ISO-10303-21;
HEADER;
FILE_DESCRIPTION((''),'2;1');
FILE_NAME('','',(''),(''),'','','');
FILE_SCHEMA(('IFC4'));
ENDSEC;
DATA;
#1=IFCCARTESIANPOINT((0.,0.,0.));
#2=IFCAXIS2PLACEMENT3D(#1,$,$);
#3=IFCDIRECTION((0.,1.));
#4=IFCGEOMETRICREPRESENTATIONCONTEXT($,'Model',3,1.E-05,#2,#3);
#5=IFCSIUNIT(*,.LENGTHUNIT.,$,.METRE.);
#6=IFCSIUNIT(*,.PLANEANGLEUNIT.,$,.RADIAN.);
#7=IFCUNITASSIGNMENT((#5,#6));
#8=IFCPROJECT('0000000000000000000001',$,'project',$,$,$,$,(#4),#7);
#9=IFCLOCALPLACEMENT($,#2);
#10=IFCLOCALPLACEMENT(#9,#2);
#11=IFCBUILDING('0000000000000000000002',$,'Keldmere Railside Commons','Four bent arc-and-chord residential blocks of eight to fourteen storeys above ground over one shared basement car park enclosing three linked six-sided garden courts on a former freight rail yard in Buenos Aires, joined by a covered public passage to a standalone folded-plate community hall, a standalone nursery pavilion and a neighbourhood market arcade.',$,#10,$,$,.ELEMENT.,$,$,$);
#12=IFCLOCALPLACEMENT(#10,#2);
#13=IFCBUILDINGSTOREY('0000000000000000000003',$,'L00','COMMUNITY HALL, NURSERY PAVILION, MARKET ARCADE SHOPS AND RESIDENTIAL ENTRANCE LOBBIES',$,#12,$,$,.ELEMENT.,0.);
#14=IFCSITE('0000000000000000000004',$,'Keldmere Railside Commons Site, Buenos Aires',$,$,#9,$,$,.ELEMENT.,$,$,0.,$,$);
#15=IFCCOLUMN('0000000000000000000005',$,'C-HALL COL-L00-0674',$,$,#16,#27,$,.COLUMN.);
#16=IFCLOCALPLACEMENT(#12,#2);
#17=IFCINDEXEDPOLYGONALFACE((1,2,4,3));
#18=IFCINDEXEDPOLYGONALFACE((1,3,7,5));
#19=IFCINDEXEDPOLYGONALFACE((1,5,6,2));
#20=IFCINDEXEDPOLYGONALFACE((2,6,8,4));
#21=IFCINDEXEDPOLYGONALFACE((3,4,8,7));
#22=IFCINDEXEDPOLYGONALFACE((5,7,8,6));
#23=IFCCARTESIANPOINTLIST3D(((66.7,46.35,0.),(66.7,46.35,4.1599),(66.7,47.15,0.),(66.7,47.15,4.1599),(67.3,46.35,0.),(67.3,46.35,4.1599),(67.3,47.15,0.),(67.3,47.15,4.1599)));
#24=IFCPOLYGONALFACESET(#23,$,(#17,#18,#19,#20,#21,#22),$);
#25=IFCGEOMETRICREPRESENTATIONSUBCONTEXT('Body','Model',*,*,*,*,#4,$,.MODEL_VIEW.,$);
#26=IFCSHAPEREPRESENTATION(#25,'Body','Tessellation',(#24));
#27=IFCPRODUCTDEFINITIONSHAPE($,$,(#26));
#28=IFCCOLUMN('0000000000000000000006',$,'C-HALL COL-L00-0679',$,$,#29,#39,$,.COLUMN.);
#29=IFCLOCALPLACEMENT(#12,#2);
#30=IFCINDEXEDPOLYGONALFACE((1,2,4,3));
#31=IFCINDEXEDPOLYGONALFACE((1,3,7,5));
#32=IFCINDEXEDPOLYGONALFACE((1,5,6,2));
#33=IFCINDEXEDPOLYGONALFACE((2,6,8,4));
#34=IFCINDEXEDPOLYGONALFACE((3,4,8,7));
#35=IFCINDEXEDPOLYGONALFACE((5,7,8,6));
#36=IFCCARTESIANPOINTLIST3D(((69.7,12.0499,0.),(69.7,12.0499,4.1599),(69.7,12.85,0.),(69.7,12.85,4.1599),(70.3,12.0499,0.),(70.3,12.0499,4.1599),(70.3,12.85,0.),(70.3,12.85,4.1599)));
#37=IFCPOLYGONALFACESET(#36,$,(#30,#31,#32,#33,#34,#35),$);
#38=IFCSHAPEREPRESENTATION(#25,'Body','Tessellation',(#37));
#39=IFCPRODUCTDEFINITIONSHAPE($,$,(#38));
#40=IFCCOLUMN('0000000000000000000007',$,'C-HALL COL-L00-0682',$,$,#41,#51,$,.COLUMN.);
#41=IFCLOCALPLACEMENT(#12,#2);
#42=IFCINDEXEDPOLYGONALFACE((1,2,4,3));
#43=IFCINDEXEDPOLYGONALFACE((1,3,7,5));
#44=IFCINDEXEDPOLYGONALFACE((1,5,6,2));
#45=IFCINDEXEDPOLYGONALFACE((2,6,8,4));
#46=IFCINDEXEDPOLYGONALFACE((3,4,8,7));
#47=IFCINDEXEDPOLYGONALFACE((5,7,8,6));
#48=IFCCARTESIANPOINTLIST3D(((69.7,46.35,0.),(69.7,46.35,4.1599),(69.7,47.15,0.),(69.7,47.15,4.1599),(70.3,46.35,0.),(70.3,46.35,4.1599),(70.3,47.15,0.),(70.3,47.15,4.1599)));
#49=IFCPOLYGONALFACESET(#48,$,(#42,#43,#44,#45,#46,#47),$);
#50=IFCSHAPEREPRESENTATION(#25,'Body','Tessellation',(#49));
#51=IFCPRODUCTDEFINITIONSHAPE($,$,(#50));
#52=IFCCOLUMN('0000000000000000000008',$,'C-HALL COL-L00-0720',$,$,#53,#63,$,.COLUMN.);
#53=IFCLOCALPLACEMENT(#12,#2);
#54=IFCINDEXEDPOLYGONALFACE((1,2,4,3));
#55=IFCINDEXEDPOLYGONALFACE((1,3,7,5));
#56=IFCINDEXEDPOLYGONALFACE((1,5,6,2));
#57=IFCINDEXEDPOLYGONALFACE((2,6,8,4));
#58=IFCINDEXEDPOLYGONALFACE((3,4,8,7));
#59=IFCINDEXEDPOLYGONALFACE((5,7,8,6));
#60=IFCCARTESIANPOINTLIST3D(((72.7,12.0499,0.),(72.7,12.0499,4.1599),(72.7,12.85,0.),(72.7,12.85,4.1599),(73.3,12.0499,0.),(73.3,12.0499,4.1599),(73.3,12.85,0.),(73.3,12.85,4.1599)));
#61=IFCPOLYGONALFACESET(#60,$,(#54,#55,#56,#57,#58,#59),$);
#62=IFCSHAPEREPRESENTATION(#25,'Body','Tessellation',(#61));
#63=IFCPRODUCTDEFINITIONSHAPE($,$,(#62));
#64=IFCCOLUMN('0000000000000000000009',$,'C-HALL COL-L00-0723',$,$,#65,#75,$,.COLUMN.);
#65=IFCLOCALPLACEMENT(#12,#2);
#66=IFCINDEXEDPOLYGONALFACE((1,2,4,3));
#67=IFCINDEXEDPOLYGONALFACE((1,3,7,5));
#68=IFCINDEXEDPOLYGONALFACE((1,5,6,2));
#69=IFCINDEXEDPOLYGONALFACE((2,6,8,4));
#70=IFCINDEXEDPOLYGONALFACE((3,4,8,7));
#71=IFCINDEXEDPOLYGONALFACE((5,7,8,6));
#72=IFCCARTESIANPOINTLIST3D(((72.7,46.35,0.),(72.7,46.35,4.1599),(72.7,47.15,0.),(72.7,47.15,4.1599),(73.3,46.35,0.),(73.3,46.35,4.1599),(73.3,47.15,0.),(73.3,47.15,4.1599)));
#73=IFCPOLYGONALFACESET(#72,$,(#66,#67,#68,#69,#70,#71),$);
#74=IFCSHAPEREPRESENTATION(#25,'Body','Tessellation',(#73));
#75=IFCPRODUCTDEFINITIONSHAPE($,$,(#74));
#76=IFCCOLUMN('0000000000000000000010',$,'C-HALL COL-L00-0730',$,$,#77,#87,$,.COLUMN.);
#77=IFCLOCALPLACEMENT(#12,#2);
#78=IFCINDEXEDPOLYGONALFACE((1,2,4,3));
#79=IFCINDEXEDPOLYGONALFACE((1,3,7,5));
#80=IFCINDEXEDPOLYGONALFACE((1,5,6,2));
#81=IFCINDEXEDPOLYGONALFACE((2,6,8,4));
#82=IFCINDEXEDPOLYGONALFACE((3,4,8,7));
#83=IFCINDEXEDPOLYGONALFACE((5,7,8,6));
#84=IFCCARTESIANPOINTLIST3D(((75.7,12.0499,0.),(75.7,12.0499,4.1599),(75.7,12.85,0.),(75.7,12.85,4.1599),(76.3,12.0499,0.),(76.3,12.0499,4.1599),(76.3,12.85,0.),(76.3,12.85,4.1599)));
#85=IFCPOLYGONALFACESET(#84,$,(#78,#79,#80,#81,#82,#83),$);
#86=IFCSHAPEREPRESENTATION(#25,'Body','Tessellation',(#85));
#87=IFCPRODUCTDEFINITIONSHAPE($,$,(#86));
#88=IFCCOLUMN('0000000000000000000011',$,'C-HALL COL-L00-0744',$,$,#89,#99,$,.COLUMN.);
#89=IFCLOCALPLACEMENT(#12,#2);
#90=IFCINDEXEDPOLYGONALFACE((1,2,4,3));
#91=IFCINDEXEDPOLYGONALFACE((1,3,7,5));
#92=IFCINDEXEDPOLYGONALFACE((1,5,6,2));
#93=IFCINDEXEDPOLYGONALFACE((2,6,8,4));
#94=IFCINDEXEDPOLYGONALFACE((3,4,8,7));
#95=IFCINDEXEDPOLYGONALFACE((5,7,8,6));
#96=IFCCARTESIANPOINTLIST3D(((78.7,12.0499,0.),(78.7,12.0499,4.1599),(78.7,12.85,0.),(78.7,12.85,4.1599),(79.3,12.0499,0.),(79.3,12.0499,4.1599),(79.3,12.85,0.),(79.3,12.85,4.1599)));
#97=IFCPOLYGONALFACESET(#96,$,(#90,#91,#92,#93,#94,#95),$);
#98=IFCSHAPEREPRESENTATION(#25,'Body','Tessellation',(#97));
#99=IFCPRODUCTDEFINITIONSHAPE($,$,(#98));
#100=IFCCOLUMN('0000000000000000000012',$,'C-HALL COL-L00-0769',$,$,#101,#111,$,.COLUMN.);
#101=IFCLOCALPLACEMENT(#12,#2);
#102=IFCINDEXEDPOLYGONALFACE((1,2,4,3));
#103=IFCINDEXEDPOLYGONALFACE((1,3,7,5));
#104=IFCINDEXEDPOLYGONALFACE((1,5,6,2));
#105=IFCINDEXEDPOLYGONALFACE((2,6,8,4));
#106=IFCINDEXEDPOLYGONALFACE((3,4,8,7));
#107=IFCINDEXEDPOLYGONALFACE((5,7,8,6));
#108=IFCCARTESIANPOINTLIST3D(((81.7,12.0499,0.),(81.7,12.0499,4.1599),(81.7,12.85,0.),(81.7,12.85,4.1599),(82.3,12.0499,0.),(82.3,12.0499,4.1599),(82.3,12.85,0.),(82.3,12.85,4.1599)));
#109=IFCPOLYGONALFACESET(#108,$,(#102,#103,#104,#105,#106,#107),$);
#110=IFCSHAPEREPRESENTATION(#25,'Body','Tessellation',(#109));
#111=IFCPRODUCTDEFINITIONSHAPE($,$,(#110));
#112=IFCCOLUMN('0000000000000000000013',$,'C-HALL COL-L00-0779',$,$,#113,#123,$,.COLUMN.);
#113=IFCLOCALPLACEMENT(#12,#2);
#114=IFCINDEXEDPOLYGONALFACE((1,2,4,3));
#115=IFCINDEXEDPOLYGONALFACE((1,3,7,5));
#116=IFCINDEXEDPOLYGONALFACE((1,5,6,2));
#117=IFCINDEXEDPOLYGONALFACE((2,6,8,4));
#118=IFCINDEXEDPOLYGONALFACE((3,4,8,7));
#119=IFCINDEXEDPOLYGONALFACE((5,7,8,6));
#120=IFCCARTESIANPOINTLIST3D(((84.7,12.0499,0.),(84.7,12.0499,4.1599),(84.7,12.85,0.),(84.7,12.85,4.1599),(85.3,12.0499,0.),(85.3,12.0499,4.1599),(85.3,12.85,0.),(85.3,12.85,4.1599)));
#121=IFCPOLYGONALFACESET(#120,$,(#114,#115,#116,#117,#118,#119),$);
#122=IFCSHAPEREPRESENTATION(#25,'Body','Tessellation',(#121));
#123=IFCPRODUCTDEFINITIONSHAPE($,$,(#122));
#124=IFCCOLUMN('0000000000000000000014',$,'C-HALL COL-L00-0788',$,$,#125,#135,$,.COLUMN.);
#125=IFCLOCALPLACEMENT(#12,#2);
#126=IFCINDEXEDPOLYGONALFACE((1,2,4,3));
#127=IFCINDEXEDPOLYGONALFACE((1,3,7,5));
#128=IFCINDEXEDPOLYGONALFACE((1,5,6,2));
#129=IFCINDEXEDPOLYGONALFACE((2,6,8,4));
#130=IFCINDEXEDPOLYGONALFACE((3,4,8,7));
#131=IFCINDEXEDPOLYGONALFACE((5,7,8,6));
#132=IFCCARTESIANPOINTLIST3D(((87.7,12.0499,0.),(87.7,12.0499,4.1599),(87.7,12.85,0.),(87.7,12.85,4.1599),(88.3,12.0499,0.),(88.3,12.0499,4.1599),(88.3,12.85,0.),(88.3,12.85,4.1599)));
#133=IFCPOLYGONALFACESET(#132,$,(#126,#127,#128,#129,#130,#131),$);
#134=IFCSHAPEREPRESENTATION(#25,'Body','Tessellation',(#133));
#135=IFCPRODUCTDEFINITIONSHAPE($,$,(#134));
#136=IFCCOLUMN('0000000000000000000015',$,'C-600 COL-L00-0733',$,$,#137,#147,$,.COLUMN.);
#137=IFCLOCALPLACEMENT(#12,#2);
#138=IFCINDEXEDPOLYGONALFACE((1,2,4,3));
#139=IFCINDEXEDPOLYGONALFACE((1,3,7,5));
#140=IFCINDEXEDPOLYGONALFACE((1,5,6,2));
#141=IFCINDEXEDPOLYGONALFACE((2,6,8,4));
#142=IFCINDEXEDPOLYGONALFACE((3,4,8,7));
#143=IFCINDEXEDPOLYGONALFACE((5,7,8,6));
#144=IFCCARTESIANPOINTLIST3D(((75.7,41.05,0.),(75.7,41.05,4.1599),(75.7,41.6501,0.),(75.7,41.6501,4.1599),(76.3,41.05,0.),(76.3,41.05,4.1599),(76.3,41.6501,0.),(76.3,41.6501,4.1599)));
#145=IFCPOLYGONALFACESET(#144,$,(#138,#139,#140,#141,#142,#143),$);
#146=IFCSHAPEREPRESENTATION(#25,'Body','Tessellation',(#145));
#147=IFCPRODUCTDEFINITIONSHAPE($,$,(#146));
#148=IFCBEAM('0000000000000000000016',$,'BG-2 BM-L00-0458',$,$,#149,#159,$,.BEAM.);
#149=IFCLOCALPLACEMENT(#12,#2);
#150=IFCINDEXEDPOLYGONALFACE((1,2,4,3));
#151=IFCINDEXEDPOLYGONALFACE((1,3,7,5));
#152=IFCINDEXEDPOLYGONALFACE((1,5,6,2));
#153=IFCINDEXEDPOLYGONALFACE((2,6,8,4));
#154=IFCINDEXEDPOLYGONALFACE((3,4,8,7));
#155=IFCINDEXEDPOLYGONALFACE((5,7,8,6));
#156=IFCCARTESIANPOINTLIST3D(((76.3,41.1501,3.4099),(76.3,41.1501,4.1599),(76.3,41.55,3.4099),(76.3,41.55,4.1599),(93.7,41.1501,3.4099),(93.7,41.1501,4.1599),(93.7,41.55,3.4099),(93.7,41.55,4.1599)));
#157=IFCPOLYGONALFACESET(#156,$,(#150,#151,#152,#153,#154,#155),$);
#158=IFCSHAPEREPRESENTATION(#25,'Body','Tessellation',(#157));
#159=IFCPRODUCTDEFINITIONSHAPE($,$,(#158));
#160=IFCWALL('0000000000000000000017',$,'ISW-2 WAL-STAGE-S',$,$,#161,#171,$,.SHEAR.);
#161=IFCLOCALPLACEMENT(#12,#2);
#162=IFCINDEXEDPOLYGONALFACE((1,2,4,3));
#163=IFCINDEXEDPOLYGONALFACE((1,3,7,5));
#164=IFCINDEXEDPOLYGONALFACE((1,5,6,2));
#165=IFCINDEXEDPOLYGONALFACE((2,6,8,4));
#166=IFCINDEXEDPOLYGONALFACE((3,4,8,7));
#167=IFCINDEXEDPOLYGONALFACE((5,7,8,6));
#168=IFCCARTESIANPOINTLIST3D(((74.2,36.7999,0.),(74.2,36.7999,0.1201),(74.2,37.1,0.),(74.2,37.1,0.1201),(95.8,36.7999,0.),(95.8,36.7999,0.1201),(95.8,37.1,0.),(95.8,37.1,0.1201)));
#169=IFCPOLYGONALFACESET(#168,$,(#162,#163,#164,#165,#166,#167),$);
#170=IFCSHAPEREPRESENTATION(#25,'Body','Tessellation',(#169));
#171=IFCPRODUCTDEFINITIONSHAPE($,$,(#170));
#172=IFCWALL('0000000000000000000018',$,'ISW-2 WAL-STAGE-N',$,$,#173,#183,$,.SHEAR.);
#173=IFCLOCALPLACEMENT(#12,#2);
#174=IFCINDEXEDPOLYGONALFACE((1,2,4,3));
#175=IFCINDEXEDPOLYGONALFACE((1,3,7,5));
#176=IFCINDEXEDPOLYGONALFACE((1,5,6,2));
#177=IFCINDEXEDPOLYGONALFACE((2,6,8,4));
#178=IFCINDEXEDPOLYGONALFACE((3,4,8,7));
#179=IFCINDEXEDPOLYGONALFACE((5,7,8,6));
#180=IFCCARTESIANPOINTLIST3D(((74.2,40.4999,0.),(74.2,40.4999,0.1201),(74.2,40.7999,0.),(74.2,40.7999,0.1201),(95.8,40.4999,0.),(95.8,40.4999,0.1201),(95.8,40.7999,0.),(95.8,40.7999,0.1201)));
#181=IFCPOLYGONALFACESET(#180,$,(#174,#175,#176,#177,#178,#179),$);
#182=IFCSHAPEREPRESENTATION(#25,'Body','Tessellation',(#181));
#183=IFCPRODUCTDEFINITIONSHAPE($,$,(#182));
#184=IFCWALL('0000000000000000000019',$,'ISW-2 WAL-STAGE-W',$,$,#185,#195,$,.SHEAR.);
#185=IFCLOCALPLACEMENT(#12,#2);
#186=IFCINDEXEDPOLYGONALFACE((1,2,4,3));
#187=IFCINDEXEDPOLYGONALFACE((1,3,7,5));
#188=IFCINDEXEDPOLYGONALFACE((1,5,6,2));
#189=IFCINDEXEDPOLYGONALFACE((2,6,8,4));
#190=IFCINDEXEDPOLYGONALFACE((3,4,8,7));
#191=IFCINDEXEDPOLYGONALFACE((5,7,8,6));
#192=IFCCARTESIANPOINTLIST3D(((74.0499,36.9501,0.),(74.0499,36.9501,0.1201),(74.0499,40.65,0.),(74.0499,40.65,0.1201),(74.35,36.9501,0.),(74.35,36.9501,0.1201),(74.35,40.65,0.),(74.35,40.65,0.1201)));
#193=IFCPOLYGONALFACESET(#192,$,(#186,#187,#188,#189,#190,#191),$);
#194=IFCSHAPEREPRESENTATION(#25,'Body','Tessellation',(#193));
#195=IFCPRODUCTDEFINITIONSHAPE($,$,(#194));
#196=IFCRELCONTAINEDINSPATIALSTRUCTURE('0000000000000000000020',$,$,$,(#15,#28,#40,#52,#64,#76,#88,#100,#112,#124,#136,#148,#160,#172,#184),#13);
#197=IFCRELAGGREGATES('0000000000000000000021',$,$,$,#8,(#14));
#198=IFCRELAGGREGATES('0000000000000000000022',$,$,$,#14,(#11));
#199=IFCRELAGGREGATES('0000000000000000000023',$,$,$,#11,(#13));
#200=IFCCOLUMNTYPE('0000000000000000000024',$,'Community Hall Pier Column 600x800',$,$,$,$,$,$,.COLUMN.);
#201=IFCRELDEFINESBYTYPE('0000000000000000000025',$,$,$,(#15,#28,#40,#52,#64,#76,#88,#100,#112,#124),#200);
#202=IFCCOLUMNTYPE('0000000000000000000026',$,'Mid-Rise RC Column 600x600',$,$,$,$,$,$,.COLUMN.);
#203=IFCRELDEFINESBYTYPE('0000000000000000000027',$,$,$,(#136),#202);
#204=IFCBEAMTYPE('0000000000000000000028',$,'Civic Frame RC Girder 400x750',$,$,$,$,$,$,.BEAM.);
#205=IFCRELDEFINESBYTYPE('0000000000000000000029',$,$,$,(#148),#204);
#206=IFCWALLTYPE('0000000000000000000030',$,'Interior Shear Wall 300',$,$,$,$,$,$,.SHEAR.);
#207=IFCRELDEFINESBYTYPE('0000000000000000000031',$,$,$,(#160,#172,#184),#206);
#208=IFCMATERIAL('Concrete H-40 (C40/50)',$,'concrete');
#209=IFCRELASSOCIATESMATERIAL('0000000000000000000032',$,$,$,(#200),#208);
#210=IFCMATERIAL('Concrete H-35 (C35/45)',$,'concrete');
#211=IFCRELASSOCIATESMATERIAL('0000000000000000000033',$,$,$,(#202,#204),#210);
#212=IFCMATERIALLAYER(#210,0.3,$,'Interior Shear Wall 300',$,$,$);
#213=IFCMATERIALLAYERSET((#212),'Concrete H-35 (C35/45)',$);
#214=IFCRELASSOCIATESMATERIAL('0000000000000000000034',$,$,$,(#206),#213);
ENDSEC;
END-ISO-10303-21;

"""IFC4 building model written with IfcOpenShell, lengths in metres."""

from ifc_helpers import new_model, si_unit, direction, frame, frame_2d, origin, origin_2d, place, context, subcontext, project, spatial, rectangle, extrude, material, layer, layer_set, material_profile, profile_set, type_object, element, save


model = new_model("IFC4")

# Units and contexts
model_context = context("Model", 3, precision=1e-05, world=origin(), true_north=direction((0.0, 1.0)))
body_context = subcontext(model_context, "Body", "Model", "MODEL_VIEW")
ifc_project = project(units=[si_unit("LENGTHUNIT", "METRE"), si_unit("PLANEANGLEUNIT", "RADIAN")], contexts=[model_context])

# Site, building, storey
site_placement = place(None, origin())
site = spatial("IfcSite", under=ifc_project, at=site_placement, Name="Keldmere Railside Commons Site, Buenos Aires", CompositionType="ELEMENT", RefElevation=0.0)
building_placement = place(site_placement, origin())
building = spatial("IfcBuilding", under=site, at=building_placement, Name="Keldmere Railside Commons", Description="Four bent arc-and-chord residential blocks of eight to fourteen storeys above ground over one shared basement car park enclosing three linked six-sided garden courts on a former freight rail yard in Buenos Aires, joined by a covered public passage to a standalone folded-plate community hall, a standalone nursery pavilion and a neighbourhood market arcade.", CompositionType="ELEMENT")
storey_placement = place(building_placement, origin())
storey = spatial("IfcBuildingStorey", under=building, at=storey_placement, Name="L00", Description="COMMUNITY HALL, NURSERY PAVILION, MARKET ARCADE SHOPS AND RESIDENTIAL ENTRANCE LOBBIES", CompositionType="ELEMENT", Elevation=0.0)

# Columns
ifc_material_1 = material(Name="Concrete H-40 (C40/50)", Category="concrete")
ifc_material_profile_1 = material_profile(ifc_material_1, rectangle(XDim=0.6001, YDim=0.8, at=origin_2d()), Name="RC-600x800")
ifc_profile_set_1 = profile_set([ifc_material_profile_1], Name="Concrete H-40 (C40/50)")
column_type_1 = type_object("IfcColumnType", Name="Community Hall Pier Column 600x800", PredefinedType="COLUMN", material=ifc_profile_set_1)
for number, where, z_axis, x_axis, name in (
    (1, (67.0, 46.75, 0.0), (0.0, 0.0, 1.0), (1.0, 0.0, 0.0), "C-HALL COL-L00-0674"),
    (2, (70.0, 12.45, 0.0), (0.0, 0.0, 1.0), (1.0, 0.0, 0.0), "C-HALL COL-L00-0679"),
    (3, (70.0, 46.75, 0.0), (0.0, 0.0, 1.0), (1.0, 0.0, 0.0), "C-HALL COL-L00-0682"),
    (4, (73.0, 12.45, 0.0), (0.0, 0.0, 1.0), (1.0, 0.0, 0.0), "C-HALL COL-L00-0720"),
    (5, (73.0, 46.75, 0.0), (0.0, 0.0, 1.0), (1.0, 0.0, 0.0), "C-HALL COL-L00-0723"),
    (6, (76.0, 12.45, 0.0), (0.0, 0.0, 1.0), (1.0, 0.0, 0.0), "C-HALL COL-L00-0730"),
    (7, (79.0, 12.45, 0.0), (0.0, 0.0, 1.0), (1.0, 0.0, 0.0), "C-HALL COL-L00-0744"),
    (8, (82.0, 12.45, 0.0), (0.0, 0.0, 1.0), (1.0, 0.0, 0.0), "C-HALL COL-L00-0769"),
    (9, (85.0, 12.45, 0.0), (0.0, 0.0, 1.0), (1.0, 0.0, 0.0), "C-HALL COL-L00-0779"),
    (10, (88.0, 12.45, 0.0), (0.0, 0.0, 1.0), (1.0, 0.0, 0.0), "C-HALL COL-L00-0788"),
):
    element("IfcColumn", number, at=place(storey_placement, frame(where, z_axis=z_axis, x_axis=x_axis)), inside=storey, type_object=column_type_1, Name=name, PredefinedType="COLUMN", context=body_context, shape_type="SweptSolid", body=[
        extrude(rectangle(XDim=0.6001, YDim=0.8, at=origin_2d()), origin(), (0.0, 0.0, 1.0), 4.1599),
    ])
ifc_material_2 = material(Name="Concrete H-35 (C35/45)", Category="concrete")
ifc_material_profile_2 = material_profile(ifc_material_2, rectangle(XDim=0.6001, YDim=0.6001, at=origin_2d()), Name="RC-600x600")
ifc_profile_set_2 = profile_set([ifc_material_profile_2], Name="Concrete H-35 (C35/45)")
column_type_2 = type_object("IfcColumnType", Name="Mid-Rise RC Column 600x600", PredefinedType="COLUMN", material=ifc_profile_set_2)
column_placement = place(storey_placement, frame((76.0, 41.3501, 0.0), z_axis=(0.0, 0.0, 1.0), x_axis=(1.0, 0.0, 0.0)))
element("IfcColumn", 11, at=column_placement, inside=storey, type_object=column_type_2, Name="C-600 COL-L00-0733", PredefinedType="COLUMN", context=body_context, shape_type="SweptSolid", body=[
    extrude(rectangle(XDim=0.6001, YDim=0.6001, at=origin_2d()), origin(), (0.0, 0.0, 1.0), 4.1599),
])

# Beam
ifc_material_profile_3 = material_profile(ifc_material_2, rectangle(XDim=0.3999, YDim=0.75, at=origin_2d()), Name="RC-400x750")
ifc_profile_set_3 = profile_set([ifc_material_profile_3], Name="Concrete H-35 (C35/45)")
beam_type = type_object("IfcBeamType", Name="Civic Frame RC Girder 400x750", PredefinedType="BEAM", material=ifc_profile_set_3)
beam_placement = place(storey_placement, frame((76.3, 41.3501, 3.7849), z_axis=(1.0, 0.0, 0.0), x_axis=(0.0, 1.0, 0.0)))
element("IfcBeam", 12, at=beam_placement, inside=storey, type_object=beam_type, Name="BG-2 BM-L00-0458", PredefinedType="BEAM", context=body_context, shape_type="SweptSolid", body=[
    extrude(rectangle(XDim=0.3999, YDim=0.75, at=origin_2d()), origin(), (0.0, 0.0, 1.0), 17.3999),
])

# Walls
ifc_layer_1 = layer(ifc_material_2, 0.3, Name="Interior Shear Wall 300")
ifc_layer_set_1 = layer_set([ifc_layer_1], Name="Concrete H-35 (C35/45)")
wall_type_1 = type_object("IfcWallType", Name="Interior Shear Wall 300", PredefinedType="SHEAR", material=ifc_layer_set_1)
for number, where, z_axis, x_axis, name in (
    (13, (74.2, 36.95, 0.0), (0.0, 0.0, 1.0), (1.0, 0.0, 0.0), "ISW-2 WAL-STAGE-S"),
    (14, (74.2, 40.6499, 0.0), (0.0, 0.0, 1.0), (1.0, 0.0, 0.0), "ISW-2 WAL-STAGE-N"),
):
    element("IfcWall", number, at=place(storey_placement, frame(where, z_axis=z_axis, x_axis=x_axis)), inside=storey, type_object=wall_type_1, Name=name, PredefinedType="SHEAR", context=body_context, shape_type="SweptSolid", body=[
        extrude(rectangle(XDim=21.6001, YDim=0.3, at=frame_2d((10.8, 0.0))), origin(), (0.0, 0.0, 1.0), 0.1201),
    ])
wall_1_placement = place(storey_placement, frame((74.2, 36.95, 0.0), z_axis=(0.0, 0.0, 1.0), x_axis=(0.0, 1.0, 0.0)))
element("IfcWall", 15, at=wall_1_placement, inside=storey, type_object=wall_type_1, Name="ISW-2 WAL-STAGE-W", PredefinedType="SHEAR", context=body_context, shape_type="SweptSolid", body=[
    extrude(rectangle(XDim=3.7, YDim=0.3, at=frame_2d((1.8501, 0.0))), origin(), (0.0, 0.0, 1.0), 0.1201),
])

save(model, "model.ifc")
